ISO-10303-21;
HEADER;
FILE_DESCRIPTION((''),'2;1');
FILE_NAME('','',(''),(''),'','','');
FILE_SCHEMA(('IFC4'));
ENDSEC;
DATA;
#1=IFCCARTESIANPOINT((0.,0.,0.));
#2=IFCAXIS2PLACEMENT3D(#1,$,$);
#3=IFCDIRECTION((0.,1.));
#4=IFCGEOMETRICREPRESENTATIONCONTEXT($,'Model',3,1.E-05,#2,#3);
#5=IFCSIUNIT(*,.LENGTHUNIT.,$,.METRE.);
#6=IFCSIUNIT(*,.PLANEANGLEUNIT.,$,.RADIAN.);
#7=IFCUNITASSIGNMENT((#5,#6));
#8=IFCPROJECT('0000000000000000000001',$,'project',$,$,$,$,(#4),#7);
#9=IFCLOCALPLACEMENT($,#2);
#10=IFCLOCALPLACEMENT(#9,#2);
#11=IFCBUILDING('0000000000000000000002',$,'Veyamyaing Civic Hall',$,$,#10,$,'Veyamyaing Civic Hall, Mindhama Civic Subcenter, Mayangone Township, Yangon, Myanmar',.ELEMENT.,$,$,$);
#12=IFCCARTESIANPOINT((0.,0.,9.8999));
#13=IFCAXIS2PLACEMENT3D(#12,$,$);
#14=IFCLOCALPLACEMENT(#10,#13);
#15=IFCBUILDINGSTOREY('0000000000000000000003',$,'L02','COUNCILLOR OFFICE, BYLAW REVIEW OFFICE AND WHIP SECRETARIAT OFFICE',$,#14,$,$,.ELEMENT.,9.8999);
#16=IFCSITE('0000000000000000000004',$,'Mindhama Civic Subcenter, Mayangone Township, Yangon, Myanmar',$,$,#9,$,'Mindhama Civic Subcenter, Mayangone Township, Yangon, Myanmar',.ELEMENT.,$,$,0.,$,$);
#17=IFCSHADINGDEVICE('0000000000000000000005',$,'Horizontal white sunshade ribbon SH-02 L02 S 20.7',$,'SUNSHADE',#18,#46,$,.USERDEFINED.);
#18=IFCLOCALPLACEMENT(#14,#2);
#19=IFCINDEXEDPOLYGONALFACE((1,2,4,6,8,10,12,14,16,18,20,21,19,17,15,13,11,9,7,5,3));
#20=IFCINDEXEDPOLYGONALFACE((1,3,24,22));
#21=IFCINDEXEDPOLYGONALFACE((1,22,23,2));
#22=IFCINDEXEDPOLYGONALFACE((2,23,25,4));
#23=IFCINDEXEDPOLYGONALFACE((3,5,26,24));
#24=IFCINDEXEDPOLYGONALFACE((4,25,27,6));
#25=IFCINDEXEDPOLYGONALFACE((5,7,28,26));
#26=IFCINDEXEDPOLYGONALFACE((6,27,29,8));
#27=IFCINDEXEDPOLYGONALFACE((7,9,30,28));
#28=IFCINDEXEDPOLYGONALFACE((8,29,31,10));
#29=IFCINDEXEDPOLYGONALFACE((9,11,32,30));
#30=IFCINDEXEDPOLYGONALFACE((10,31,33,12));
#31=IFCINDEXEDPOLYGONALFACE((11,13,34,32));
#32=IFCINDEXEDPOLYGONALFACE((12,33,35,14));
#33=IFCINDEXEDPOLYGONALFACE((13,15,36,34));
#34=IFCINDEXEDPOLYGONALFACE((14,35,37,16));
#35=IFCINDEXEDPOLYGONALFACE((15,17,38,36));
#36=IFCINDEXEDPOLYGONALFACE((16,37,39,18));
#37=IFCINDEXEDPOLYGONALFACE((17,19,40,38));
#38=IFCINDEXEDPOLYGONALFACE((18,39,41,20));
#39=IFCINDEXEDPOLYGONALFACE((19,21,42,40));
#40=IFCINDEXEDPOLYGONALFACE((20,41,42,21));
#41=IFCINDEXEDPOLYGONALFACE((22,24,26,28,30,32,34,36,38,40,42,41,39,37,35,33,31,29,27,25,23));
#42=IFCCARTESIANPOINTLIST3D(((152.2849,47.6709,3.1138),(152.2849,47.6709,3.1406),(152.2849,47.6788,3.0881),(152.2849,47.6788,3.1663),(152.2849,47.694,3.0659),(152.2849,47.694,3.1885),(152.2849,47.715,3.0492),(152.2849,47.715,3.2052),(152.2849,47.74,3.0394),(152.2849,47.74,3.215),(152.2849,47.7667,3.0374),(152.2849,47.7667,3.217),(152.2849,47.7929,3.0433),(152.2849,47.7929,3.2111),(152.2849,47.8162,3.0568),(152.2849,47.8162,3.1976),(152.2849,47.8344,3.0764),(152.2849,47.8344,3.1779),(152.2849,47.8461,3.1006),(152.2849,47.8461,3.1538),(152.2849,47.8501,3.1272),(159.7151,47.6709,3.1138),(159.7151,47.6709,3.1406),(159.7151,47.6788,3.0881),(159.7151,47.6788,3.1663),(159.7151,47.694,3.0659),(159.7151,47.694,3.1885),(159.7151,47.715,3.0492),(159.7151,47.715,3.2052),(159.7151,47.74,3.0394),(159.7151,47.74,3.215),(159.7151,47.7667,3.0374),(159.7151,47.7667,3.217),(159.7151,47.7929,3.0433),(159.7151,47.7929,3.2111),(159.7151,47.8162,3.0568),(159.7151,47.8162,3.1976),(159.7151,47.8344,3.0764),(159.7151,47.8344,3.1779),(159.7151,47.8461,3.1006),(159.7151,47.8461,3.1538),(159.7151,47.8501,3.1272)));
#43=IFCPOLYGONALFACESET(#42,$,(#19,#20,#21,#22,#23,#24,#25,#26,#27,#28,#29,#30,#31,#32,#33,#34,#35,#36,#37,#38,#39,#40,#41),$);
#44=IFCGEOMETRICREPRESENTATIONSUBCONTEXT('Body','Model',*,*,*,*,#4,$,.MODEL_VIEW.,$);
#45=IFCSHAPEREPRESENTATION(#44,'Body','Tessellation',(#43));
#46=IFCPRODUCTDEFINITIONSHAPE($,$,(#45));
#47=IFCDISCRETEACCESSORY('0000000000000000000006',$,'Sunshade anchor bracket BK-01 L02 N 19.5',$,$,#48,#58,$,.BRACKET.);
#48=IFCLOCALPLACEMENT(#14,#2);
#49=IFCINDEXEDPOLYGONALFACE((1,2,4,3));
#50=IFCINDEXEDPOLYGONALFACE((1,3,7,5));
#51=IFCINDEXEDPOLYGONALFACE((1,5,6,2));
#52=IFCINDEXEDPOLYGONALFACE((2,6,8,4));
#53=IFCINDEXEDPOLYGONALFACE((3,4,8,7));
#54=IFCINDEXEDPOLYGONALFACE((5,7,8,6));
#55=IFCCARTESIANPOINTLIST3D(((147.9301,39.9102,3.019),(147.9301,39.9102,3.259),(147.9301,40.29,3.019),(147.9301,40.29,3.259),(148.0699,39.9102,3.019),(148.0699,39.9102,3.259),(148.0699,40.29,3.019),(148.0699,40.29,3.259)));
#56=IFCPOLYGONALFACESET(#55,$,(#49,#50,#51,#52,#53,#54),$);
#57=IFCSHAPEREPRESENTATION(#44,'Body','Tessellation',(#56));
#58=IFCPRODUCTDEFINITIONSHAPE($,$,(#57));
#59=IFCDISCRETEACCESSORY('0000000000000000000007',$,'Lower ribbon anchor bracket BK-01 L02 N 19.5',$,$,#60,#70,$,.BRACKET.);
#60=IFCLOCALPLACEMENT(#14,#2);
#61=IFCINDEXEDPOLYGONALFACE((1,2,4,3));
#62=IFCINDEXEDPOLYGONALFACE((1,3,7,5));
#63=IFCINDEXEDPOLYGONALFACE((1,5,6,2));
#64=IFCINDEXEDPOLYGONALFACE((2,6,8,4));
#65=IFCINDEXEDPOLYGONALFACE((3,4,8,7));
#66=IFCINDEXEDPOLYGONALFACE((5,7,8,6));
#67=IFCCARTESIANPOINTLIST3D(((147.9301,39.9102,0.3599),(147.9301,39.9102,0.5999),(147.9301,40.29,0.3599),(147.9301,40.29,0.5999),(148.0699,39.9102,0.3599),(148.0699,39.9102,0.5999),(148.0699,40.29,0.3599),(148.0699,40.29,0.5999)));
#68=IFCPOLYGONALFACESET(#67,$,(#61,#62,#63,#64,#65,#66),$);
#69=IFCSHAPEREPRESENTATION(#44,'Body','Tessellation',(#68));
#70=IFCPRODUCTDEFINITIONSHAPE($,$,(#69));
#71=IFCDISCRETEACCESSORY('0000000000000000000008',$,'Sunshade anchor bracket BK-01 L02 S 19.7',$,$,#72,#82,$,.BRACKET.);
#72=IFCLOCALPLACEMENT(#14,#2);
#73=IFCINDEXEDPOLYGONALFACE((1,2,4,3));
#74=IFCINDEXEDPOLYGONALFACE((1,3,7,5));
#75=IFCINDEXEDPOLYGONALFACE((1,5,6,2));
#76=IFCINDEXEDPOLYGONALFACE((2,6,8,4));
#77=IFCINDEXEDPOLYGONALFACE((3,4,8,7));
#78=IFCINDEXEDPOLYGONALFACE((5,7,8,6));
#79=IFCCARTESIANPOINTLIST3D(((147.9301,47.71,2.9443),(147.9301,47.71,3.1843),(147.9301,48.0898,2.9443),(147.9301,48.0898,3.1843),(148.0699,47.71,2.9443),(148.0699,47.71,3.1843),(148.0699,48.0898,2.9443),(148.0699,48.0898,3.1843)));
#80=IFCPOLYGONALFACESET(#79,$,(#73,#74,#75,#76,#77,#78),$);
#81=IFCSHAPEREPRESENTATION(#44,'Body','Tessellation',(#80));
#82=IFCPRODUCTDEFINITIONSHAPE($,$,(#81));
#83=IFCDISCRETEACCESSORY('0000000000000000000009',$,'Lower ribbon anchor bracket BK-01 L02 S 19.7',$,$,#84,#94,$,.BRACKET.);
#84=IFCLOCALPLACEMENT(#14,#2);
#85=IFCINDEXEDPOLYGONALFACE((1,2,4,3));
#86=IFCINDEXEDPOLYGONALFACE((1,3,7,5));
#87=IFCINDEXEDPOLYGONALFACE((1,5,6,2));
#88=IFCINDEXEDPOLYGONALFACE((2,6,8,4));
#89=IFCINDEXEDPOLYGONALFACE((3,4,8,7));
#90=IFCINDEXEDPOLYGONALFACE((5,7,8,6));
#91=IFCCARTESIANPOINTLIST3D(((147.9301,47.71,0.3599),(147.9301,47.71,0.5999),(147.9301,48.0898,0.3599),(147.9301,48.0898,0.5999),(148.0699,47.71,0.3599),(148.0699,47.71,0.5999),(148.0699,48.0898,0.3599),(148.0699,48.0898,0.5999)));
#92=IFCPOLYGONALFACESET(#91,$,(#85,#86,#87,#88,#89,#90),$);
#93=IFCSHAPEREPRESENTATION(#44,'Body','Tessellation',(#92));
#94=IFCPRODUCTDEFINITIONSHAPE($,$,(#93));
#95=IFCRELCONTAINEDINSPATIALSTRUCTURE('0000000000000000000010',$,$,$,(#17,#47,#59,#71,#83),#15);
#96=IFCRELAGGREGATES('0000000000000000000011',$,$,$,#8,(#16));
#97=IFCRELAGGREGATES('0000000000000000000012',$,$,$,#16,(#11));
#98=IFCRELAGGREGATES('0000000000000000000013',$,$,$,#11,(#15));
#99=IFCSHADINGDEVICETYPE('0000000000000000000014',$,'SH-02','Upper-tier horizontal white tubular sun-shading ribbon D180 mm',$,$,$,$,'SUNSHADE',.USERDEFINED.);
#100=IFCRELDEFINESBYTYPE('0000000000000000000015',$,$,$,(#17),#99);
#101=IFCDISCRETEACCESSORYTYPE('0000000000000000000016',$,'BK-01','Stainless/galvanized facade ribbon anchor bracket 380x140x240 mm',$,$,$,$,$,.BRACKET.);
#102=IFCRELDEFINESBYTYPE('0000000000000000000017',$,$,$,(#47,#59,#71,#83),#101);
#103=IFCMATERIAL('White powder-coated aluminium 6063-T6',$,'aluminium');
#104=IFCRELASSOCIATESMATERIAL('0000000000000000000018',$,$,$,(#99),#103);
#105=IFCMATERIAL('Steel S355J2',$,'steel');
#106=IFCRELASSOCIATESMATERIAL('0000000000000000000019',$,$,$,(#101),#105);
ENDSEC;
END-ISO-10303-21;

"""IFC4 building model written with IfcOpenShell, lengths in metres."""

from ifc_helpers import new_model, si_unit, direction, frame, origin, origin_2d, place, context, subcontext, project, spatial, rectangle, circle, extrude, material, material_profile, profile_set, type_object, element, save


model = new_model("IFC4")

# Units and contexts
model_context = context("Model", 3, precision=1e-05, world=origin(), true_north=direction((0.0, 1.0)))
body_context = subcontext(model_context, "Body", "Model", "MODEL_VIEW")
ifc_project = project(units=[si_unit("LENGTHUNIT", "METRE"), si_unit("PLANEANGLEUNIT", "RADIAN")], contexts=[model_context])

# Site, building, storey
site_placement = place(None, origin())
site = spatial("IfcSite", under=ifc_project, at=site_placement, Name="Mindhama Civic Subcenter, Mayangone Township, Yangon, Myanmar", LongName="Mindhama Civic Subcenter, Mayangone Township, Yangon, Myanmar", CompositionType="ELEMENT", RefElevation=0.0)
building_placement = place(site_placement, origin())
building = spatial("IfcBuilding", under=site, at=building_placement, Name="Veyamyaing Civic Hall", LongName="Veyamyaing Civic Hall, Mindhama Civic Subcenter, Mayangone Township, Yangon, Myanmar", CompositionType="ELEMENT")
storey_placement = place(building_placement, frame((0.0, 0.0, 9.8999)))
storey = spatial("IfcBuildingStorey", under=building, at=storey_placement, Name="L02", Description="COUNCILLOR OFFICE, BYLAW REVIEW OFFICE AND WHIP SECRETARIAT OFFICE", CompositionType="ELEMENT", Elevation=9.8999)

# Shared definitions
ifc_material_1 = material(Name="White powder-coated aluminium 6063-T6", Category="aluminium")

# Shading device
ifc_material_profile_1 = material_profile(ifc_material_1, circle(Radius=0.0901, at=origin_2d()), Name="SHADE-TUBE-180")
ifc_profile_set_1 = profile_set([ifc_material_profile_1], Name="White powder-coated aluminium 6063-T6")
shading_device_type = type_object("IfcShadingDeviceType", Name="SH-02", Description="Upper-tier horizontal white tubular sun-shading ribbon D180 mm", ElementType="SUNSHADE", PredefinedType="USERDEFINED", material=ifc_profile_set_1)
for number, where, z_axis, x_axis, name in (
    (1, (152.2849, 47.76, 3.1272), (1.0, 0.0, 0.0), (0.0, 1.0, 0.0), "Horizontal white sunshade ribbon SH-02 L02 S 20.7"),
):
    element("IfcShadingDevice", number, at=place(storey_placement, frame(where, z_axis=z_axis, x_axis=x_axis)), inside=storey, type_object=shading_device_type, Name=name, ObjectType="SUNSHADE", PredefinedType="USERDEFINED", context=body_context, shape_type="SweptSolid", body=[
        extrude(circle(Radius=0.0901, at=origin_2d()), origin(), (0.0, 0.0, 1.0), 7.4302),
    ])

# Discrete accessories
ifc_material_2 = material(Name="Steel S355J2", Category="steel")
discrete_accessory_type = type_object("IfcDiscreteAccessoryType", Name="BK-01", Description="Stainless/galvanized facade ribbon anchor bracket 380x140x240 mm", PredefinedType="BRACKET", material=ifc_material_2)
for number, where, z_axis, x_axis, name in (
    (2, (148.0, 40.1001, 3.019), (0.0, 0.0, 1.0), (0.0, 1.0, 0.0), "Sunshade anchor bracket BK-01 L02 N 19.5"),
    (3, (148.0, 40.1001, 0.3599), (0.0, 0.0, 1.0), (0.0, 1.0, 0.0), "Lower ribbon anchor bracket BK-01 L02 N 19.5"),
    (4, (148.0, 47.8999, 2.9443), (0.0, 0.0, 1.0), (0.0, -1.0, 0.0), "Sunshade anchor bracket BK-01 L02 S 19.7"),
    (5, (148.0, 47.8999, 0.3599), (0.0, 0.0, 1.0), (0.0, -1.0, 0.0), "Lower ribbon anchor bracket BK-01 L02 S 19.7"),
):
    element("IfcDiscreteAccessory", number, at=place(storey_placement, frame(where, z_axis=z_axis, x_axis=x_axis)), inside=storey, type_object=discrete_accessory_type, Name=name, PredefinedType="BRACKET", context=body_context, shape_type="SweptSolid", body=[
        extrude(rectangle(XDim=0.3799, YDim=0.1399, at=origin_2d()), origin(), (0.0, 0.0, 1.0), 0.24),
    ])

save(model, "model.ifc")
